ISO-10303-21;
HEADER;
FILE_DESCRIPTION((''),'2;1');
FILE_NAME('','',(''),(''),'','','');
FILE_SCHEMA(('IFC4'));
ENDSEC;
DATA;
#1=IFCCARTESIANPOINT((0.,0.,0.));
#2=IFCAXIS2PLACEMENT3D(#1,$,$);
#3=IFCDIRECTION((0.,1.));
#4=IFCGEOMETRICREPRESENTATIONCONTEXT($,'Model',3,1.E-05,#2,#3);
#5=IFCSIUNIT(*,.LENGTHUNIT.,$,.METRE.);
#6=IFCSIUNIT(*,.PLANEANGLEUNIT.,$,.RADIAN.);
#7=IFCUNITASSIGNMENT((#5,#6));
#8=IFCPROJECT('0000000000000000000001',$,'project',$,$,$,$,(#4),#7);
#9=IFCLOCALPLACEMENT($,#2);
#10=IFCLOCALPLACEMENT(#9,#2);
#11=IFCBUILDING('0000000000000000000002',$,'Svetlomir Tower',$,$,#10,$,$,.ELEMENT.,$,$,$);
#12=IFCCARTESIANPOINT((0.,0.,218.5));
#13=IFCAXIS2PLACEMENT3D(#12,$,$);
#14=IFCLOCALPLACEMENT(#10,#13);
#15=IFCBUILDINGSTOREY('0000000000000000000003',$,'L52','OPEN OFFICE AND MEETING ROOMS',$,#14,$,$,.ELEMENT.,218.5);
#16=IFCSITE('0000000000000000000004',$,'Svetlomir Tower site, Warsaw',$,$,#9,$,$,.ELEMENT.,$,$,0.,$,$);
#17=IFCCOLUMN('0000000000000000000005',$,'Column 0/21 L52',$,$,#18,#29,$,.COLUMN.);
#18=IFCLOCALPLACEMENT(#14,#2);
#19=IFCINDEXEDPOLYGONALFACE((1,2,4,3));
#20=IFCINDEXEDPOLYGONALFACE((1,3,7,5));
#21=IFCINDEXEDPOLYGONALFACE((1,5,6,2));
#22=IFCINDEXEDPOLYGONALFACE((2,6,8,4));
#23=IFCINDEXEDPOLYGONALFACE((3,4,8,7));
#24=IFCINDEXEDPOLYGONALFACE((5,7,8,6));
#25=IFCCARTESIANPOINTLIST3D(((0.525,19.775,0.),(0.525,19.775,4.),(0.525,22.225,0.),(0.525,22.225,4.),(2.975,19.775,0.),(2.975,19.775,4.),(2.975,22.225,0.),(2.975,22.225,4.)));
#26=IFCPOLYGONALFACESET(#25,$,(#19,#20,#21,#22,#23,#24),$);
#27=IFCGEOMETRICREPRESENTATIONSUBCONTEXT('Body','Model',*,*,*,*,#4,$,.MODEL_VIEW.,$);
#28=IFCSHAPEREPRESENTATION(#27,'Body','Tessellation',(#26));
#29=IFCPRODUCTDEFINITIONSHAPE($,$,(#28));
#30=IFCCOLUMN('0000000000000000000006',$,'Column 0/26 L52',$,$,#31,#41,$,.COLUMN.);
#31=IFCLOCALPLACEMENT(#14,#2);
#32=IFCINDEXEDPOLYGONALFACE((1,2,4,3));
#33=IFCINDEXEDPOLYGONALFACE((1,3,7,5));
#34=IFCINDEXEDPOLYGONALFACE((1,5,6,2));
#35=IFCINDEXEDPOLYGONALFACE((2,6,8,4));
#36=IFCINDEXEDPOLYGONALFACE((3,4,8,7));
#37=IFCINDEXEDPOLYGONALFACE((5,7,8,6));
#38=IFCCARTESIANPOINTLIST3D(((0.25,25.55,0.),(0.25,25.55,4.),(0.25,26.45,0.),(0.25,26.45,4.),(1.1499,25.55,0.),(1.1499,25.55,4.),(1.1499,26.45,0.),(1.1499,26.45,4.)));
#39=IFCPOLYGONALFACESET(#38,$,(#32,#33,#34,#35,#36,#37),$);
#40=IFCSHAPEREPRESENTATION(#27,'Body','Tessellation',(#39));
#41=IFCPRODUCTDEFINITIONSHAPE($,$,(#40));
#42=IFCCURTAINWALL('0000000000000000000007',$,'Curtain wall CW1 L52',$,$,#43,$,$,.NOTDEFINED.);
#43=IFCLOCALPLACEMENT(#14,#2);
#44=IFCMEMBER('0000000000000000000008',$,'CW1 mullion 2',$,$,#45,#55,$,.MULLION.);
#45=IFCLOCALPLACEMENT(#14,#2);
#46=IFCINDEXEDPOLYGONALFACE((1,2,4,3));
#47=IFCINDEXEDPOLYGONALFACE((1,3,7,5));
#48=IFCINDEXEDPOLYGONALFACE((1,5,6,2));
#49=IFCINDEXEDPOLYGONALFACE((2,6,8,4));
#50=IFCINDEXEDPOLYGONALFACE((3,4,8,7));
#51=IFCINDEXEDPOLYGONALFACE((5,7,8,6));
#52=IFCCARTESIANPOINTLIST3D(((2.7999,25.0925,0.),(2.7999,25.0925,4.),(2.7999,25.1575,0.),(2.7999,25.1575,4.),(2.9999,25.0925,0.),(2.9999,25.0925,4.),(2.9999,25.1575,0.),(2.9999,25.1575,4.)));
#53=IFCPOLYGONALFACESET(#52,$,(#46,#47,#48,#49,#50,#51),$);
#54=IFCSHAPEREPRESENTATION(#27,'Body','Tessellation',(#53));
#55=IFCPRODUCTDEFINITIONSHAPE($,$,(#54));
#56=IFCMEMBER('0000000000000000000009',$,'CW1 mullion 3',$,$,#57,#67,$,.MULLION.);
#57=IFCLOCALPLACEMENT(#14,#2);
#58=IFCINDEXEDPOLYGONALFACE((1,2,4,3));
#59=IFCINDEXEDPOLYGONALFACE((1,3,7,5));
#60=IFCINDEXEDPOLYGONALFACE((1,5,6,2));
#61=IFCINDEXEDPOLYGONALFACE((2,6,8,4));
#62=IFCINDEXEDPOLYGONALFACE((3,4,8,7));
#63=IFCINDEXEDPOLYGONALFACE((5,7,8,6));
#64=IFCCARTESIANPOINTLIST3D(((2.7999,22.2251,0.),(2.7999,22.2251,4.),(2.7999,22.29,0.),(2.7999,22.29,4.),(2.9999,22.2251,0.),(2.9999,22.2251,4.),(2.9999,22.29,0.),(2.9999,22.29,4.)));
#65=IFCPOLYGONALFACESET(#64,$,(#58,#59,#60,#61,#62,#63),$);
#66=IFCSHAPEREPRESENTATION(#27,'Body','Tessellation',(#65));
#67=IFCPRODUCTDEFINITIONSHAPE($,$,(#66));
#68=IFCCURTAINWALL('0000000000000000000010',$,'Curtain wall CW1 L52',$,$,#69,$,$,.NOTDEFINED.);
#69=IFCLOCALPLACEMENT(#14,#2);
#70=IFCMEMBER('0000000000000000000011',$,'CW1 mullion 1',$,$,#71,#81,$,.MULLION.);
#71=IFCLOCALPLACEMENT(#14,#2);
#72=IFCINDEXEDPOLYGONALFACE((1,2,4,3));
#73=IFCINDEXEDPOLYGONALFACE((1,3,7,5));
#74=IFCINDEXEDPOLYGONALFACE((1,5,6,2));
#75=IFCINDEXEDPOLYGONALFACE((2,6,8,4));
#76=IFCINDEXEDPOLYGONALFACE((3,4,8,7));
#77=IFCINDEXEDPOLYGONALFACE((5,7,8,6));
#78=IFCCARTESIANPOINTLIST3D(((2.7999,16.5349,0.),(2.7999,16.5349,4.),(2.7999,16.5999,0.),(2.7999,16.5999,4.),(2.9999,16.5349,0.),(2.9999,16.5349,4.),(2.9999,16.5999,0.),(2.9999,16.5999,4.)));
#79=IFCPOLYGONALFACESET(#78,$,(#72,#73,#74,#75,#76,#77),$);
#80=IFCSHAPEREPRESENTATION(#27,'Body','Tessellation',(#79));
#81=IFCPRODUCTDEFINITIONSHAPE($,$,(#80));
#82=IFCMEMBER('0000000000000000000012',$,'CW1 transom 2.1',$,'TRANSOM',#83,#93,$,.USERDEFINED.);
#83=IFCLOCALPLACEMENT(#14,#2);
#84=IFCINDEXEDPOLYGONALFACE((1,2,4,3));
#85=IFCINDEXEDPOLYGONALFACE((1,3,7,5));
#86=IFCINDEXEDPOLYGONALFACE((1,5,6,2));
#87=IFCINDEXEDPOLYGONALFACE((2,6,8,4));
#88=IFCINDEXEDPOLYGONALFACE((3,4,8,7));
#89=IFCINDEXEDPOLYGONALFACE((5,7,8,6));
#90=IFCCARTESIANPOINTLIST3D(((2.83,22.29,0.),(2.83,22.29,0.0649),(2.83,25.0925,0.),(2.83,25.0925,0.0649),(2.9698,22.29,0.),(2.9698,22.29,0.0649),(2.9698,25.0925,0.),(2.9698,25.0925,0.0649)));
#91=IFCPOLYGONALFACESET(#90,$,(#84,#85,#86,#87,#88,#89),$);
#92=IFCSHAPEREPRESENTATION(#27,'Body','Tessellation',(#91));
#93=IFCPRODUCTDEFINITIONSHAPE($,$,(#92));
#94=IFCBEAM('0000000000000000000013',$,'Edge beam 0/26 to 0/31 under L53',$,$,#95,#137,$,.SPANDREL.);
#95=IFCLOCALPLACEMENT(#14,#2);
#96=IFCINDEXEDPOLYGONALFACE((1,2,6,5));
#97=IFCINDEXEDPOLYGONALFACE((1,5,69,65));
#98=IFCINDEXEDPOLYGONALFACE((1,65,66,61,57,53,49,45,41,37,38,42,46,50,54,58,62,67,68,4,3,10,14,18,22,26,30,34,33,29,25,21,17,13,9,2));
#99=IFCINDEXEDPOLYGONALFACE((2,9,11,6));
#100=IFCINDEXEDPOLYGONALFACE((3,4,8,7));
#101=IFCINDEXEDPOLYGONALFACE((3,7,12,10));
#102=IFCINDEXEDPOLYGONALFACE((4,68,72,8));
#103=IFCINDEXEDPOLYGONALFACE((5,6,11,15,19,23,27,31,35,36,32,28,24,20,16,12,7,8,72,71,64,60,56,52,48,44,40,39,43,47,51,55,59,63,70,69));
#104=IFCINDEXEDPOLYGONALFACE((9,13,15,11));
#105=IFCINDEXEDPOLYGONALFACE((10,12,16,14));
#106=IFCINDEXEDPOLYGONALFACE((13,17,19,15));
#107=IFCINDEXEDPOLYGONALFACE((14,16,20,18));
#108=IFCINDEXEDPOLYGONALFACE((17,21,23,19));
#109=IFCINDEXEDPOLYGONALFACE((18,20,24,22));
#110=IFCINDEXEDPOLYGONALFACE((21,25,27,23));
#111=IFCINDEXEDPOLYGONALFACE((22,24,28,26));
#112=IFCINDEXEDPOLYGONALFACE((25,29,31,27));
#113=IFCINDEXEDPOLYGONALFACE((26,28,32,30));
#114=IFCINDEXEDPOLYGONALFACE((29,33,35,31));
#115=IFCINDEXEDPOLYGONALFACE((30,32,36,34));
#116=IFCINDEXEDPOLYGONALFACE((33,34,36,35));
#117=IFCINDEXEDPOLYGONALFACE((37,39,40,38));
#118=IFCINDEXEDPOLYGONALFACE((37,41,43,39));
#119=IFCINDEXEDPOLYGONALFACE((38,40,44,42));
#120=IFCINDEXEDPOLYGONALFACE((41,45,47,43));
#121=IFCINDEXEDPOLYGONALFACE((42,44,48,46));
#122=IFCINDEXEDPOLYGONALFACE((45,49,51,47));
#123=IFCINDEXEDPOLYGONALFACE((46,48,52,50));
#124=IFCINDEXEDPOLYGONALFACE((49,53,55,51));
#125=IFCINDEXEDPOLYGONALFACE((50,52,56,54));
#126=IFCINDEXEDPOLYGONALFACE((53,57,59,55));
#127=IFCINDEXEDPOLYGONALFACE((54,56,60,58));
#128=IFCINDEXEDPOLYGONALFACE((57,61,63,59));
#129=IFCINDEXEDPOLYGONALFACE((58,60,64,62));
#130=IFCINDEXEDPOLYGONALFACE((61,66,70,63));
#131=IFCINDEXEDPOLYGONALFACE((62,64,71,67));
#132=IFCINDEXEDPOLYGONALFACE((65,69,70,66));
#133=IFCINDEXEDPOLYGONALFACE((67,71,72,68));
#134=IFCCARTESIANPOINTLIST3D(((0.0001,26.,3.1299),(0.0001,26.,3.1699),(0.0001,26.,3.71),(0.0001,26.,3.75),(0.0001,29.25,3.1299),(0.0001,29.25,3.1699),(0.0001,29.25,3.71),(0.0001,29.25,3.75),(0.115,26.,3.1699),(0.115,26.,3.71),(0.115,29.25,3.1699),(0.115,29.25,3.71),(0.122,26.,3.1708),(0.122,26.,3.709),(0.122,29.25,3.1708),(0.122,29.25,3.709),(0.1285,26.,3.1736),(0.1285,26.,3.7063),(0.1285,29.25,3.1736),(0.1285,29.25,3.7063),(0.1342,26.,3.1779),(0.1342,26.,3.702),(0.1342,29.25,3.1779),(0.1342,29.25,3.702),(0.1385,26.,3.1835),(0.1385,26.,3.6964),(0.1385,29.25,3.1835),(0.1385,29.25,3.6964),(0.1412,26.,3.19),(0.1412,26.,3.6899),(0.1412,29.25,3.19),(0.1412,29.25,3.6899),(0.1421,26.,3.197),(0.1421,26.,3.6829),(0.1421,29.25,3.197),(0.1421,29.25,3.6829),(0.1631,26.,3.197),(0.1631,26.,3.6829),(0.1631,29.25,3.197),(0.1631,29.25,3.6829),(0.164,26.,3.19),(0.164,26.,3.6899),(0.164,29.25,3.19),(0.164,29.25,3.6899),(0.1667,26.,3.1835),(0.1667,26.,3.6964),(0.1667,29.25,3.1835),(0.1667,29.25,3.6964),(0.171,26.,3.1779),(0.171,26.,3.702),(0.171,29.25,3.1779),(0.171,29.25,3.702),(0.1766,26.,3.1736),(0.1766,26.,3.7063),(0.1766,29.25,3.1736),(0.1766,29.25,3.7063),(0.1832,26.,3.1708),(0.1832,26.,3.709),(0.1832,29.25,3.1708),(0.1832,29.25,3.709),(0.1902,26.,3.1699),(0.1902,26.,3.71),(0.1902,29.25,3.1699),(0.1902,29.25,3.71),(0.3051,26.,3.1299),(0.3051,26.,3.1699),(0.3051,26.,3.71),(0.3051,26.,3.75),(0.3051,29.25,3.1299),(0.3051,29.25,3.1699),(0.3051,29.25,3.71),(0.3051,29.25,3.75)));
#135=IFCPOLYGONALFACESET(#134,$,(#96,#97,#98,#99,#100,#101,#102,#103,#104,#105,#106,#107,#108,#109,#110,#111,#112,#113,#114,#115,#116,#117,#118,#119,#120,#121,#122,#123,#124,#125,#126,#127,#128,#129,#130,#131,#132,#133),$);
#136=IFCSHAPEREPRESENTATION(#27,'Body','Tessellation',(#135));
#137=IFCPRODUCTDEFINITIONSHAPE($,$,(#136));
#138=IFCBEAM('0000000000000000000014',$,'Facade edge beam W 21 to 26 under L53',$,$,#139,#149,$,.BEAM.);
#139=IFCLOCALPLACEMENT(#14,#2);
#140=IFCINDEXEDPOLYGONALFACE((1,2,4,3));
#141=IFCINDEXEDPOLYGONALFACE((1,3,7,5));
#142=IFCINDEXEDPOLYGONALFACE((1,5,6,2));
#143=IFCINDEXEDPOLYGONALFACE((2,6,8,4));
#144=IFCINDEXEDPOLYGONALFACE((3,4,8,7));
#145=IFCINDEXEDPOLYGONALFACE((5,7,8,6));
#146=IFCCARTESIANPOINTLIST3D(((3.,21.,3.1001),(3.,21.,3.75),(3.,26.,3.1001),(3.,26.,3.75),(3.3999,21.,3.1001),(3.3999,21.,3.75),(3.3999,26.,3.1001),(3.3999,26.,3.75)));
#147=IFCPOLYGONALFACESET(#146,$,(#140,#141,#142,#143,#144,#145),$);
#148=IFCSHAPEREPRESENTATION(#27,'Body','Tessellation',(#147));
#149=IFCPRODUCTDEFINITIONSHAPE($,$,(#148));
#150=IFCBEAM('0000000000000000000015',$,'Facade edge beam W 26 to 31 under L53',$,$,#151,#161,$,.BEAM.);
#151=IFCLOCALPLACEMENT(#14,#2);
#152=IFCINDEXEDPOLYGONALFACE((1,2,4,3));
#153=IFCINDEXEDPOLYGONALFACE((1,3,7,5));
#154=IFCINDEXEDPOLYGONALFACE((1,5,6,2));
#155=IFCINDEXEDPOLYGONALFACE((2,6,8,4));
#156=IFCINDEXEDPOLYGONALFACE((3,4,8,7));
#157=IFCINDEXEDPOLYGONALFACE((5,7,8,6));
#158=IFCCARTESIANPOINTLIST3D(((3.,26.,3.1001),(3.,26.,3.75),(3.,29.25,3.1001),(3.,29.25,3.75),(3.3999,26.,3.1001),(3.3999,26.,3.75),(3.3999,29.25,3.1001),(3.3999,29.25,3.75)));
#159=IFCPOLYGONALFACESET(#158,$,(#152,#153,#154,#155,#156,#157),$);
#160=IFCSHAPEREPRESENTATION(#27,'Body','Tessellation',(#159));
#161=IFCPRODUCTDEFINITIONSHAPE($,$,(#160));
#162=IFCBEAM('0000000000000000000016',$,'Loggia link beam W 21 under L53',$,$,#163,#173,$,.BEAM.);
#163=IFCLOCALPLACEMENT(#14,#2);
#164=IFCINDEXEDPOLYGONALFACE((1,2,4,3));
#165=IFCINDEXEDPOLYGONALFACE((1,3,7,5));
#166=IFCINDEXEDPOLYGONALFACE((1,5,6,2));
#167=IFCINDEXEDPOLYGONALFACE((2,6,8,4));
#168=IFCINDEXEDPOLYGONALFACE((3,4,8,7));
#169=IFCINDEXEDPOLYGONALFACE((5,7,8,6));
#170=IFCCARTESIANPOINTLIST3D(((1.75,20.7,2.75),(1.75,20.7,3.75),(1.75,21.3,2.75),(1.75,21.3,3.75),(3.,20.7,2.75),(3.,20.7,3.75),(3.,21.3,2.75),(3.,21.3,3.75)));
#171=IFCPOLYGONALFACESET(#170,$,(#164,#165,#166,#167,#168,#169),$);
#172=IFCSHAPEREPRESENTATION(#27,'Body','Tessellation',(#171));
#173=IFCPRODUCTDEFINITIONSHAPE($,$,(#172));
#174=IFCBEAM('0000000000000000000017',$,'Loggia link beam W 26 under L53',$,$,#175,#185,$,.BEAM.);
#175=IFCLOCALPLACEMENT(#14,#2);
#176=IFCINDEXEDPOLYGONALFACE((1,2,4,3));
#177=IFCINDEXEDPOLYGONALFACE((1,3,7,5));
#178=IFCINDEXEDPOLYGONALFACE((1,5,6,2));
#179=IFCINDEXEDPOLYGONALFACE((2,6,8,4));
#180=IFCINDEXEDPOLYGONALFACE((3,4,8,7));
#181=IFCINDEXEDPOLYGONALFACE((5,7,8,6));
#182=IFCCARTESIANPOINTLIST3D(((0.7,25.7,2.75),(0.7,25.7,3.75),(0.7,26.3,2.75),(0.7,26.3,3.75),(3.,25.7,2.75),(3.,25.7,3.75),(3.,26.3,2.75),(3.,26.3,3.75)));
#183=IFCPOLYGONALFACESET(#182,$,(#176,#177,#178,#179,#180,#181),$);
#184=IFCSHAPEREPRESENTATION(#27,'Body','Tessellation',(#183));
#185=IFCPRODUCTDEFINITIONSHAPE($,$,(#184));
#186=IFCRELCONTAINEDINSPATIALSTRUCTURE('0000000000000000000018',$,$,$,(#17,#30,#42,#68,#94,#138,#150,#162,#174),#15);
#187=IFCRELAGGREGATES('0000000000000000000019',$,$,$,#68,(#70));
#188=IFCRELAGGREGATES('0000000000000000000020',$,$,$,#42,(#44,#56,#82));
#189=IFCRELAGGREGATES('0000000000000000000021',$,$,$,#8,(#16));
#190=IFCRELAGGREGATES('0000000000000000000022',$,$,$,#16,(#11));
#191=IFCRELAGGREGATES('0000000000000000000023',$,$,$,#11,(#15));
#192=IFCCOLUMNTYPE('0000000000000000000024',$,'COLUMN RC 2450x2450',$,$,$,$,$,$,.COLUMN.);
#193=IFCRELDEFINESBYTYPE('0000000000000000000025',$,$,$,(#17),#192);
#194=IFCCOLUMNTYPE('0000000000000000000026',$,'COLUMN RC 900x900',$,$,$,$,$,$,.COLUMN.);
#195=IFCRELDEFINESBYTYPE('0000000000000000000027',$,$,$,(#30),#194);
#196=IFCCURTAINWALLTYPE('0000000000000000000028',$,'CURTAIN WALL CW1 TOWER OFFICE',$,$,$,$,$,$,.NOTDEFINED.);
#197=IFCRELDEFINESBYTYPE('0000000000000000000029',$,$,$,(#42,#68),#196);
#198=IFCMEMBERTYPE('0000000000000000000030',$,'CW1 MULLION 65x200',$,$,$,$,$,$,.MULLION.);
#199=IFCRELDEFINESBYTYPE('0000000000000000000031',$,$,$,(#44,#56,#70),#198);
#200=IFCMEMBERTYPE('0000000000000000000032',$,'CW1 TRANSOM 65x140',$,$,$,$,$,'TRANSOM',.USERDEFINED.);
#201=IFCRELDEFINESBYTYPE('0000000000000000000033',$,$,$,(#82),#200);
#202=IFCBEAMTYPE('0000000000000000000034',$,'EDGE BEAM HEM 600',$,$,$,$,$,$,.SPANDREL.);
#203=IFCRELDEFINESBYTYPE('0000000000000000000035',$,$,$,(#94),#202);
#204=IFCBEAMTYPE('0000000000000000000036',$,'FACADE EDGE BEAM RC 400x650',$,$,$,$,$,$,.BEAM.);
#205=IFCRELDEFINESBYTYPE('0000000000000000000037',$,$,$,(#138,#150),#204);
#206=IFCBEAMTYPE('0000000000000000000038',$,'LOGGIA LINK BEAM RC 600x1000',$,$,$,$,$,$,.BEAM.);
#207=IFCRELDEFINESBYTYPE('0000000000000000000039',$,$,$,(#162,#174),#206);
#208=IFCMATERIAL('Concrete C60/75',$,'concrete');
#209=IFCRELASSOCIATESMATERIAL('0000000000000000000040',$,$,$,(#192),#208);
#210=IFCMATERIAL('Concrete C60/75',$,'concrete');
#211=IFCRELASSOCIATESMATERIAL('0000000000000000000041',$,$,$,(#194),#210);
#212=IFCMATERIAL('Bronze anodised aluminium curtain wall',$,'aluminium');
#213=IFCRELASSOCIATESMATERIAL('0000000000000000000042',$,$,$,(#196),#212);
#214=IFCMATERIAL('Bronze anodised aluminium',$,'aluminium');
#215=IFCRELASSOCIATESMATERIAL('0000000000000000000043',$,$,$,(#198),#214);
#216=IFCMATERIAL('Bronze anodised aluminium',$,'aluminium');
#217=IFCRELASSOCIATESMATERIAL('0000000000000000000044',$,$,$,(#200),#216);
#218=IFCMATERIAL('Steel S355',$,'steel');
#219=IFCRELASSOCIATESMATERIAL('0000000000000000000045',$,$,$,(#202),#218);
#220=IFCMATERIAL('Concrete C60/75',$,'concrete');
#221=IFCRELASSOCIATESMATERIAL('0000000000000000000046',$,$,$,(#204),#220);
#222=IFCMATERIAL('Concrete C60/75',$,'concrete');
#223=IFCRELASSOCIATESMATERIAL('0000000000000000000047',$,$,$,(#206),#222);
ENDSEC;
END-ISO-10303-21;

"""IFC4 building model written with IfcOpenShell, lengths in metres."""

from ifc_helpers import new_model, si_unit, direction, frame, origin, origin_2d, place, context, subcontext, project, spatial, rectangle, i_section, extrude, material, material_profile, profile_set, type_object, element, aggregate, save


model = new_model("IFC4")

# Units and contexts
model_context = context("Model", 3, precision=1e-05, world=origin(), true_north=direction((0.0, 1.0)))
body_context = subcontext(model_context, "Body", "Model", "MODEL_VIEW")
ifc_project = project(units=[si_unit("LENGTHUNIT", "METRE"), si_unit("PLANEANGLEUNIT", "RADIAN")], contexts=[model_context])

# Site, building, storey
site_placement = place(None, origin())
site = spatial("IfcSite", under=ifc_project, at=site_placement, Name="Svetlomir Tower site, Warsaw", CompositionType="ELEMENT", RefElevation=0.0)
building_placement = place(site_placement, origin())
building = spatial("IfcBuilding", under=site, at=building_placement, Name="Svetlomir Tower", CompositionType="ELEMENT")
storey_placement = place(building_placement, frame((0.0, 0.0, 218.5)))
storey = spatial("IfcBuildingStorey", under=building, at=storey_placement, Name="L52", Description="OPEN OFFICE AND MEETING ROOMS", CompositionType="ELEMENT", Elevation=218.5)

# Columns
ifc_material_1 = material(Name="Concrete C60/75", Category="concrete")
ifc_material_profile_1 = material_profile(ifc_material_1, rectangle(XDim=2.45, YDim=2.45, at=origin_2d()), Name="RC 2450x2450")
ifc_profile_set_1 = profile_set([ifc_material_profile_1], Name="Concrete C60/75")
column_type_1 = type_object("IfcColumnType", Name="COLUMN RC 2450x2450", PredefinedType="COLUMN", material=ifc_profile_set_1)
column_1_placement = place(storey_placement, frame((1.75, 21.0, 0.0), z_axis=(0.0, 0.0, 1.0), x_axis=(1.0, 0.0, 0.0)))
element("IfcColumn", 1, at=column_1_placement, inside=storey, type_object=column_type_1, Name="Column 0/21 L52", PredefinedType="COLUMN", context=body_context, shape_type="SweptSolid", body=[
    extrude(rectangle(XDim=2.45, YDim=2.45, at=origin_2d()), origin(), (0.0, 0.0, 1.0), 4.0),
])
ifc_material_2 = material(Name="Concrete C60/75", Category="concrete")
ifc_material_profile_2 = material_profile(ifc_material_2, rectangle(XDim=0.8999, YDim=0.8999, at=origin_2d()), Name="RC 900x900")
ifc_profile_set_2 = profile_set([ifc_material_profile_2], Name="Concrete C60/75")
column_type_2 = type_object("IfcColumnType", Name="COLUMN RC 900x900", PredefinedType="COLUMN", material=ifc_profile_set_2)
column_2_placement = place(storey_placement, frame((0.7, 26.0, 0.0), z_axis=(0.0, 0.0, 1.0), x_axis=(1.0, 0.0, 0.0)))
element("IfcColumn", 2, at=column_2_placement, inside=storey, type_object=column_type_2, Name="Column 0/26 L52", PredefinedType="COLUMN", context=body_context, shape_type="SweptSolid", body=[
    extrude(rectangle(XDim=0.8999, YDim=0.8999, at=origin_2d()), origin(), (0.0, 0.0, 1.0), 4.0),
])

# Curtain wall, members
ifc_material_3 = material(Name="Bronze anodised aluminium curtain wall", Category="aluminium")
curtain_wall_type = type_object("IfcCurtainWallType", Name="CURTAIN WALL CW1 TOWER OFFICE", PredefinedType="NOTDEFINED", material=ifc_material_3)
curtain_wall_1_placement = place(storey_placement, origin())
curtain_wall_1 = element("IfcCurtainWall", 3, at=curtain_wall_1_placement, inside=storey, type_object=curtain_wall_type, Name="Curtain wall CW1 L52", PredefinedType="NOTDEFINED")
ifc_material_4 = material(Name="Bronze anodised aluminium", Category="aluminium")
ifc_material_profile_3 = material_profile(ifc_material_4, rectangle(XDim=0.0649, YDim=0.2, at=origin_2d()), Name="AL 65x200")
ifc_profile_set_3 = profile_set([ifc_material_profile_3], Name="Bronze anodised aluminium 6063-T6")
member_type_1 = type_object("IfcMemberType", Name="CW1 MULLION 65x200", PredefinedType="MULLION", material=ifc_profile_set_3)
member_1_placement = place(storey_placement, frame((2.8999, 25.125, 0.0), z_axis=(0.0, 0.0, 1.0), x_axis=(0.0, -1.0, 0.0)))
member_1 = element("IfcMember", 4, at=member_1_placement, type_object=member_type_1, Name="CW1 mullion 2", PredefinedType="MULLION", context=body_context, shape_type="SweptSolid", body=[
    extrude(rectangle(XDim=0.0649, YDim=0.2, at=origin_2d()), origin(), (0.0, 0.0, 1.0), 4.0),
])
member_2_placement = place(storey_placement, frame((2.8999, 22.2576, 0.0), z_axis=(0.0, 0.0, 1.0), x_axis=(0.0, -1.0, 0.0)))
member_2 = element("IfcMember", 5, at=member_2_placement, type_object=member_type_1, Name="CW1 mullion 3", PredefinedType="MULLION", context=body_context, shape_type="SweptSolid", body=[
    extrude(rectangle(XDim=0.0649, YDim=0.2, at=origin_2d()), origin(), (0.0, 0.0, 1.0), 4.0),
])

# Curtain wall, member
curtain_wall_2_placement = place(storey_placement, origin())
curtain_wall_2 = element("IfcCurtainWall", 6, at=curtain_wall_2_placement, inside=storey, type_object=curtain_wall_type, Name="Curtain wall CW1 L52", PredefinedType="NOTDEFINED")
member_3_placement = place(storey_placement, frame((2.8999, 16.5674, 0.0), z_axis=(0.0, 0.0, 1.0), x_axis=(0.0, -1.0, 0.0)))
member_3 = element("IfcMember", 7, at=member_3_placement, type_object=member_type_1, Name="CW1 mullion 1", PredefinedType="MULLION", context=body_context, shape_type="SweptSolid", body=[
    extrude(rectangle(XDim=0.0649, YDim=0.2, at=origin_2d()), origin(), (0.0, 0.0, 1.0), 4.0),
])
aggregate(curtain_wall_2, [member_3])

# Member
ifc_material_5 = material(Name="Bronze anodised aluminium", Category="aluminium")
ifc_material_profile_4 = material_profile(ifc_material_5, rectangle(XDim=0.1399, YDim=0.0649, at=origin_2d()), Name="AL 140x65")
ifc_profile_set_4 = profile_set([ifc_material_profile_4], Name="Bronze anodised aluminium 6063-T6")
member_type_2 = type_object("IfcMemberType", Name="CW1 TRANSOM 65x140", ElementType="TRANSOM", PredefinedType="USERDEFINED", material=ifc_profile_set_4)
member_4_placement = place(storey_placement, frame((2.8999, 25.0925, 0.0325), z_axis=(0.0, -1.0, 0.0), x_axis=(1.0, 0.0, 0.0)))
member_4 = element("IfcMember", 8, at=member_4_placement, type_object=member_type_2, Name="CW1 transom 2.1", ObjectType="TRANSOM", PredefinedType="USERDEFINED", context=body_context, shape_type="SweptSolid", body=[
    extrude(rectangle(XDim=0.1399, YDim=0.0649, at=origin_2d()), origin(), (0.0, 0.0, 1.0), 2.8025),
])

# Beams
ifc_material_6 = material(Name="Steel S355", Category="steel")
ifc_material_profile_5 = material_profile(ifc_material_6, i_section(OverallWidth=0.3049, OverallDepth=0.6201, WebThickness=0.021, FlangeThickness=0.04, FilletRadius=0.0271, at=origin_2d()), Name="HEM 600")
ifc_profile_set_5 = profile_set([ifc_material_profile_5], Name="Steel S355")
beam_type_1 = type_object("IfcBeamType", Name="EDGE BEAM HEM 600", PredefinedType="SPANDREL", material=ifc_profile_set_5)
beam_1_placement = place(storey_placement, frame((0.1526, 26.0, 3.4399), z_axis=(0.0, 1.0, 0.0), x_axis=(-1.0, 0.0, 0.0)))
element("IfcBeam", 9, at=beam_1_placement, inside=storey, type_object=beam_type_1, Name="Edge beam 0/26 to 0/31 under L53", PredefinedType="SPANDREL", context=body_context, shape_type="SweptSolid", body=[
    extrude(i_section(OverallWidth=0.3049, OverallDepth=0.6201, WebThickness=0.021, FlangeThickness=0.04, FilletRadius=0.0271, at=origin_2d()), origin(), (0.0, 0.0, 1.0), 3.25),
])
ifc_material_7 = material(Name="Concrete C60/75", Category="concrete")
ifc_material_profile_6 = material_profile(ifc_material_7, rectangle(XDim=0.3999, YDim=0.6499, at=origin_2d()), Name="RC 400x650")
ifc_profile_set_6 = profile_set([ifc_material_profile_6], Name="Concrete C60/75")
beam_type_2 = type_object("IfcBeamType", Name="FACADE EDGE BEAM RC 400x650", PredefinedType="BEAM", material=ifc_profile_set_6)
beam_2_placement = place(storey_placement, frame((3.2, 21.0, 3.425), z_axis=(0.0, 1.0, 0.0), x_axis=(-1.0, 0.0, 0.0)))
element("IfcBeam", 10, at=beam_2_placement, inside=storey, type_object=beam_type_2, Name="Facade edge beam W 21 to 26 under L53", PredefinedType="BEAM", context=body_context, shape_type="SweptSolid", body=[
    extrude(rectangle(XDim=0.3999, YDim=0.6499, at=origin_2d()), origin(), (0.0, 0.0, 1.0), 5.0),
])
beam_3_placement = place(storey_placement, frame((3.2, 26.0, 3.425), z_axis=(0.0, 1.0, 0.0), x_axis=(-1.0, 0.0, 0.0)))
element("IfcBeam", 11, at=beam_3_placement, inside=storey, type_object=beam_type_2, Name="Facade edge beam W 26 to 31 under L53", PredefinedType="BEAM", context=body_context, shape_type="SweptSolid", body=[
    extrude(rectangle(XDim=0.3999, YDim=0.6499, at=origin_2d()), origin(), (0.0, 0.0, 1.0), 3.25),
])
ifc_material_8 = material(Name="Concrete C60/75", Category="concrete")
ifc_material_profile_7 = material_profile(ifc_material_8, rectangle(XDim=0.6001, YDim=1.0, at=origin_2d()), Name="RC 600x1000")
ifc_profile_set_7 = profile_set([ifc_material_profile_7], Name="Concrete C60/75")
beam_type_3 = type_object("IfcBeamType", Name="LOGGIA LINK BEAM RC 600x1000", PredefinedType="BEAM", material=ifc_profile_set_7)
beam_4_placement = place(storey_placement, frame((1.75, 21.0, 3.25), z_axis=(1.0, 0.0, 0.0), x_axis=(0.0, 1.0, 0.0)))
element("IfcBeam", 12, at=beam_4_placement, inside=storey, type_object=beam_type_3, Name="Loggia link beam W 21 under L53", PredefinedType="BEAM", context=body_context, shape_type="SweptSolid", body=[
    extrude(rectangle(XDim=0.6001, YDim=1.0, at=origin_2d()), origin(), (0.0, 0.0, 1.0), 1.25),
])
beam_5_placement = place(storey_placement, frame((0.7, 26.0, 3.25), z_axis=(1.0, 0.0, 0.0), x_axis=(0.0, 1.0, 0.0)))
element("IfcBeam", 13, at=beam_5_placement, inside=storey, type_object=beam_type_3, Name="Loggia link beam W 26 under L53", PredefinedType="BEAM", context=body_context, shape_type="SweptSolid", body=[
    extrude(rectangle(XDim=0.6001, YDim=1.0, at=origin_2d()), origin(), (0.0, 0.0, 1.0), 2.3),
])

aggregate(curtain_wall_1, [member_1, member_2, member_4])

save(model, "model.ifc")
